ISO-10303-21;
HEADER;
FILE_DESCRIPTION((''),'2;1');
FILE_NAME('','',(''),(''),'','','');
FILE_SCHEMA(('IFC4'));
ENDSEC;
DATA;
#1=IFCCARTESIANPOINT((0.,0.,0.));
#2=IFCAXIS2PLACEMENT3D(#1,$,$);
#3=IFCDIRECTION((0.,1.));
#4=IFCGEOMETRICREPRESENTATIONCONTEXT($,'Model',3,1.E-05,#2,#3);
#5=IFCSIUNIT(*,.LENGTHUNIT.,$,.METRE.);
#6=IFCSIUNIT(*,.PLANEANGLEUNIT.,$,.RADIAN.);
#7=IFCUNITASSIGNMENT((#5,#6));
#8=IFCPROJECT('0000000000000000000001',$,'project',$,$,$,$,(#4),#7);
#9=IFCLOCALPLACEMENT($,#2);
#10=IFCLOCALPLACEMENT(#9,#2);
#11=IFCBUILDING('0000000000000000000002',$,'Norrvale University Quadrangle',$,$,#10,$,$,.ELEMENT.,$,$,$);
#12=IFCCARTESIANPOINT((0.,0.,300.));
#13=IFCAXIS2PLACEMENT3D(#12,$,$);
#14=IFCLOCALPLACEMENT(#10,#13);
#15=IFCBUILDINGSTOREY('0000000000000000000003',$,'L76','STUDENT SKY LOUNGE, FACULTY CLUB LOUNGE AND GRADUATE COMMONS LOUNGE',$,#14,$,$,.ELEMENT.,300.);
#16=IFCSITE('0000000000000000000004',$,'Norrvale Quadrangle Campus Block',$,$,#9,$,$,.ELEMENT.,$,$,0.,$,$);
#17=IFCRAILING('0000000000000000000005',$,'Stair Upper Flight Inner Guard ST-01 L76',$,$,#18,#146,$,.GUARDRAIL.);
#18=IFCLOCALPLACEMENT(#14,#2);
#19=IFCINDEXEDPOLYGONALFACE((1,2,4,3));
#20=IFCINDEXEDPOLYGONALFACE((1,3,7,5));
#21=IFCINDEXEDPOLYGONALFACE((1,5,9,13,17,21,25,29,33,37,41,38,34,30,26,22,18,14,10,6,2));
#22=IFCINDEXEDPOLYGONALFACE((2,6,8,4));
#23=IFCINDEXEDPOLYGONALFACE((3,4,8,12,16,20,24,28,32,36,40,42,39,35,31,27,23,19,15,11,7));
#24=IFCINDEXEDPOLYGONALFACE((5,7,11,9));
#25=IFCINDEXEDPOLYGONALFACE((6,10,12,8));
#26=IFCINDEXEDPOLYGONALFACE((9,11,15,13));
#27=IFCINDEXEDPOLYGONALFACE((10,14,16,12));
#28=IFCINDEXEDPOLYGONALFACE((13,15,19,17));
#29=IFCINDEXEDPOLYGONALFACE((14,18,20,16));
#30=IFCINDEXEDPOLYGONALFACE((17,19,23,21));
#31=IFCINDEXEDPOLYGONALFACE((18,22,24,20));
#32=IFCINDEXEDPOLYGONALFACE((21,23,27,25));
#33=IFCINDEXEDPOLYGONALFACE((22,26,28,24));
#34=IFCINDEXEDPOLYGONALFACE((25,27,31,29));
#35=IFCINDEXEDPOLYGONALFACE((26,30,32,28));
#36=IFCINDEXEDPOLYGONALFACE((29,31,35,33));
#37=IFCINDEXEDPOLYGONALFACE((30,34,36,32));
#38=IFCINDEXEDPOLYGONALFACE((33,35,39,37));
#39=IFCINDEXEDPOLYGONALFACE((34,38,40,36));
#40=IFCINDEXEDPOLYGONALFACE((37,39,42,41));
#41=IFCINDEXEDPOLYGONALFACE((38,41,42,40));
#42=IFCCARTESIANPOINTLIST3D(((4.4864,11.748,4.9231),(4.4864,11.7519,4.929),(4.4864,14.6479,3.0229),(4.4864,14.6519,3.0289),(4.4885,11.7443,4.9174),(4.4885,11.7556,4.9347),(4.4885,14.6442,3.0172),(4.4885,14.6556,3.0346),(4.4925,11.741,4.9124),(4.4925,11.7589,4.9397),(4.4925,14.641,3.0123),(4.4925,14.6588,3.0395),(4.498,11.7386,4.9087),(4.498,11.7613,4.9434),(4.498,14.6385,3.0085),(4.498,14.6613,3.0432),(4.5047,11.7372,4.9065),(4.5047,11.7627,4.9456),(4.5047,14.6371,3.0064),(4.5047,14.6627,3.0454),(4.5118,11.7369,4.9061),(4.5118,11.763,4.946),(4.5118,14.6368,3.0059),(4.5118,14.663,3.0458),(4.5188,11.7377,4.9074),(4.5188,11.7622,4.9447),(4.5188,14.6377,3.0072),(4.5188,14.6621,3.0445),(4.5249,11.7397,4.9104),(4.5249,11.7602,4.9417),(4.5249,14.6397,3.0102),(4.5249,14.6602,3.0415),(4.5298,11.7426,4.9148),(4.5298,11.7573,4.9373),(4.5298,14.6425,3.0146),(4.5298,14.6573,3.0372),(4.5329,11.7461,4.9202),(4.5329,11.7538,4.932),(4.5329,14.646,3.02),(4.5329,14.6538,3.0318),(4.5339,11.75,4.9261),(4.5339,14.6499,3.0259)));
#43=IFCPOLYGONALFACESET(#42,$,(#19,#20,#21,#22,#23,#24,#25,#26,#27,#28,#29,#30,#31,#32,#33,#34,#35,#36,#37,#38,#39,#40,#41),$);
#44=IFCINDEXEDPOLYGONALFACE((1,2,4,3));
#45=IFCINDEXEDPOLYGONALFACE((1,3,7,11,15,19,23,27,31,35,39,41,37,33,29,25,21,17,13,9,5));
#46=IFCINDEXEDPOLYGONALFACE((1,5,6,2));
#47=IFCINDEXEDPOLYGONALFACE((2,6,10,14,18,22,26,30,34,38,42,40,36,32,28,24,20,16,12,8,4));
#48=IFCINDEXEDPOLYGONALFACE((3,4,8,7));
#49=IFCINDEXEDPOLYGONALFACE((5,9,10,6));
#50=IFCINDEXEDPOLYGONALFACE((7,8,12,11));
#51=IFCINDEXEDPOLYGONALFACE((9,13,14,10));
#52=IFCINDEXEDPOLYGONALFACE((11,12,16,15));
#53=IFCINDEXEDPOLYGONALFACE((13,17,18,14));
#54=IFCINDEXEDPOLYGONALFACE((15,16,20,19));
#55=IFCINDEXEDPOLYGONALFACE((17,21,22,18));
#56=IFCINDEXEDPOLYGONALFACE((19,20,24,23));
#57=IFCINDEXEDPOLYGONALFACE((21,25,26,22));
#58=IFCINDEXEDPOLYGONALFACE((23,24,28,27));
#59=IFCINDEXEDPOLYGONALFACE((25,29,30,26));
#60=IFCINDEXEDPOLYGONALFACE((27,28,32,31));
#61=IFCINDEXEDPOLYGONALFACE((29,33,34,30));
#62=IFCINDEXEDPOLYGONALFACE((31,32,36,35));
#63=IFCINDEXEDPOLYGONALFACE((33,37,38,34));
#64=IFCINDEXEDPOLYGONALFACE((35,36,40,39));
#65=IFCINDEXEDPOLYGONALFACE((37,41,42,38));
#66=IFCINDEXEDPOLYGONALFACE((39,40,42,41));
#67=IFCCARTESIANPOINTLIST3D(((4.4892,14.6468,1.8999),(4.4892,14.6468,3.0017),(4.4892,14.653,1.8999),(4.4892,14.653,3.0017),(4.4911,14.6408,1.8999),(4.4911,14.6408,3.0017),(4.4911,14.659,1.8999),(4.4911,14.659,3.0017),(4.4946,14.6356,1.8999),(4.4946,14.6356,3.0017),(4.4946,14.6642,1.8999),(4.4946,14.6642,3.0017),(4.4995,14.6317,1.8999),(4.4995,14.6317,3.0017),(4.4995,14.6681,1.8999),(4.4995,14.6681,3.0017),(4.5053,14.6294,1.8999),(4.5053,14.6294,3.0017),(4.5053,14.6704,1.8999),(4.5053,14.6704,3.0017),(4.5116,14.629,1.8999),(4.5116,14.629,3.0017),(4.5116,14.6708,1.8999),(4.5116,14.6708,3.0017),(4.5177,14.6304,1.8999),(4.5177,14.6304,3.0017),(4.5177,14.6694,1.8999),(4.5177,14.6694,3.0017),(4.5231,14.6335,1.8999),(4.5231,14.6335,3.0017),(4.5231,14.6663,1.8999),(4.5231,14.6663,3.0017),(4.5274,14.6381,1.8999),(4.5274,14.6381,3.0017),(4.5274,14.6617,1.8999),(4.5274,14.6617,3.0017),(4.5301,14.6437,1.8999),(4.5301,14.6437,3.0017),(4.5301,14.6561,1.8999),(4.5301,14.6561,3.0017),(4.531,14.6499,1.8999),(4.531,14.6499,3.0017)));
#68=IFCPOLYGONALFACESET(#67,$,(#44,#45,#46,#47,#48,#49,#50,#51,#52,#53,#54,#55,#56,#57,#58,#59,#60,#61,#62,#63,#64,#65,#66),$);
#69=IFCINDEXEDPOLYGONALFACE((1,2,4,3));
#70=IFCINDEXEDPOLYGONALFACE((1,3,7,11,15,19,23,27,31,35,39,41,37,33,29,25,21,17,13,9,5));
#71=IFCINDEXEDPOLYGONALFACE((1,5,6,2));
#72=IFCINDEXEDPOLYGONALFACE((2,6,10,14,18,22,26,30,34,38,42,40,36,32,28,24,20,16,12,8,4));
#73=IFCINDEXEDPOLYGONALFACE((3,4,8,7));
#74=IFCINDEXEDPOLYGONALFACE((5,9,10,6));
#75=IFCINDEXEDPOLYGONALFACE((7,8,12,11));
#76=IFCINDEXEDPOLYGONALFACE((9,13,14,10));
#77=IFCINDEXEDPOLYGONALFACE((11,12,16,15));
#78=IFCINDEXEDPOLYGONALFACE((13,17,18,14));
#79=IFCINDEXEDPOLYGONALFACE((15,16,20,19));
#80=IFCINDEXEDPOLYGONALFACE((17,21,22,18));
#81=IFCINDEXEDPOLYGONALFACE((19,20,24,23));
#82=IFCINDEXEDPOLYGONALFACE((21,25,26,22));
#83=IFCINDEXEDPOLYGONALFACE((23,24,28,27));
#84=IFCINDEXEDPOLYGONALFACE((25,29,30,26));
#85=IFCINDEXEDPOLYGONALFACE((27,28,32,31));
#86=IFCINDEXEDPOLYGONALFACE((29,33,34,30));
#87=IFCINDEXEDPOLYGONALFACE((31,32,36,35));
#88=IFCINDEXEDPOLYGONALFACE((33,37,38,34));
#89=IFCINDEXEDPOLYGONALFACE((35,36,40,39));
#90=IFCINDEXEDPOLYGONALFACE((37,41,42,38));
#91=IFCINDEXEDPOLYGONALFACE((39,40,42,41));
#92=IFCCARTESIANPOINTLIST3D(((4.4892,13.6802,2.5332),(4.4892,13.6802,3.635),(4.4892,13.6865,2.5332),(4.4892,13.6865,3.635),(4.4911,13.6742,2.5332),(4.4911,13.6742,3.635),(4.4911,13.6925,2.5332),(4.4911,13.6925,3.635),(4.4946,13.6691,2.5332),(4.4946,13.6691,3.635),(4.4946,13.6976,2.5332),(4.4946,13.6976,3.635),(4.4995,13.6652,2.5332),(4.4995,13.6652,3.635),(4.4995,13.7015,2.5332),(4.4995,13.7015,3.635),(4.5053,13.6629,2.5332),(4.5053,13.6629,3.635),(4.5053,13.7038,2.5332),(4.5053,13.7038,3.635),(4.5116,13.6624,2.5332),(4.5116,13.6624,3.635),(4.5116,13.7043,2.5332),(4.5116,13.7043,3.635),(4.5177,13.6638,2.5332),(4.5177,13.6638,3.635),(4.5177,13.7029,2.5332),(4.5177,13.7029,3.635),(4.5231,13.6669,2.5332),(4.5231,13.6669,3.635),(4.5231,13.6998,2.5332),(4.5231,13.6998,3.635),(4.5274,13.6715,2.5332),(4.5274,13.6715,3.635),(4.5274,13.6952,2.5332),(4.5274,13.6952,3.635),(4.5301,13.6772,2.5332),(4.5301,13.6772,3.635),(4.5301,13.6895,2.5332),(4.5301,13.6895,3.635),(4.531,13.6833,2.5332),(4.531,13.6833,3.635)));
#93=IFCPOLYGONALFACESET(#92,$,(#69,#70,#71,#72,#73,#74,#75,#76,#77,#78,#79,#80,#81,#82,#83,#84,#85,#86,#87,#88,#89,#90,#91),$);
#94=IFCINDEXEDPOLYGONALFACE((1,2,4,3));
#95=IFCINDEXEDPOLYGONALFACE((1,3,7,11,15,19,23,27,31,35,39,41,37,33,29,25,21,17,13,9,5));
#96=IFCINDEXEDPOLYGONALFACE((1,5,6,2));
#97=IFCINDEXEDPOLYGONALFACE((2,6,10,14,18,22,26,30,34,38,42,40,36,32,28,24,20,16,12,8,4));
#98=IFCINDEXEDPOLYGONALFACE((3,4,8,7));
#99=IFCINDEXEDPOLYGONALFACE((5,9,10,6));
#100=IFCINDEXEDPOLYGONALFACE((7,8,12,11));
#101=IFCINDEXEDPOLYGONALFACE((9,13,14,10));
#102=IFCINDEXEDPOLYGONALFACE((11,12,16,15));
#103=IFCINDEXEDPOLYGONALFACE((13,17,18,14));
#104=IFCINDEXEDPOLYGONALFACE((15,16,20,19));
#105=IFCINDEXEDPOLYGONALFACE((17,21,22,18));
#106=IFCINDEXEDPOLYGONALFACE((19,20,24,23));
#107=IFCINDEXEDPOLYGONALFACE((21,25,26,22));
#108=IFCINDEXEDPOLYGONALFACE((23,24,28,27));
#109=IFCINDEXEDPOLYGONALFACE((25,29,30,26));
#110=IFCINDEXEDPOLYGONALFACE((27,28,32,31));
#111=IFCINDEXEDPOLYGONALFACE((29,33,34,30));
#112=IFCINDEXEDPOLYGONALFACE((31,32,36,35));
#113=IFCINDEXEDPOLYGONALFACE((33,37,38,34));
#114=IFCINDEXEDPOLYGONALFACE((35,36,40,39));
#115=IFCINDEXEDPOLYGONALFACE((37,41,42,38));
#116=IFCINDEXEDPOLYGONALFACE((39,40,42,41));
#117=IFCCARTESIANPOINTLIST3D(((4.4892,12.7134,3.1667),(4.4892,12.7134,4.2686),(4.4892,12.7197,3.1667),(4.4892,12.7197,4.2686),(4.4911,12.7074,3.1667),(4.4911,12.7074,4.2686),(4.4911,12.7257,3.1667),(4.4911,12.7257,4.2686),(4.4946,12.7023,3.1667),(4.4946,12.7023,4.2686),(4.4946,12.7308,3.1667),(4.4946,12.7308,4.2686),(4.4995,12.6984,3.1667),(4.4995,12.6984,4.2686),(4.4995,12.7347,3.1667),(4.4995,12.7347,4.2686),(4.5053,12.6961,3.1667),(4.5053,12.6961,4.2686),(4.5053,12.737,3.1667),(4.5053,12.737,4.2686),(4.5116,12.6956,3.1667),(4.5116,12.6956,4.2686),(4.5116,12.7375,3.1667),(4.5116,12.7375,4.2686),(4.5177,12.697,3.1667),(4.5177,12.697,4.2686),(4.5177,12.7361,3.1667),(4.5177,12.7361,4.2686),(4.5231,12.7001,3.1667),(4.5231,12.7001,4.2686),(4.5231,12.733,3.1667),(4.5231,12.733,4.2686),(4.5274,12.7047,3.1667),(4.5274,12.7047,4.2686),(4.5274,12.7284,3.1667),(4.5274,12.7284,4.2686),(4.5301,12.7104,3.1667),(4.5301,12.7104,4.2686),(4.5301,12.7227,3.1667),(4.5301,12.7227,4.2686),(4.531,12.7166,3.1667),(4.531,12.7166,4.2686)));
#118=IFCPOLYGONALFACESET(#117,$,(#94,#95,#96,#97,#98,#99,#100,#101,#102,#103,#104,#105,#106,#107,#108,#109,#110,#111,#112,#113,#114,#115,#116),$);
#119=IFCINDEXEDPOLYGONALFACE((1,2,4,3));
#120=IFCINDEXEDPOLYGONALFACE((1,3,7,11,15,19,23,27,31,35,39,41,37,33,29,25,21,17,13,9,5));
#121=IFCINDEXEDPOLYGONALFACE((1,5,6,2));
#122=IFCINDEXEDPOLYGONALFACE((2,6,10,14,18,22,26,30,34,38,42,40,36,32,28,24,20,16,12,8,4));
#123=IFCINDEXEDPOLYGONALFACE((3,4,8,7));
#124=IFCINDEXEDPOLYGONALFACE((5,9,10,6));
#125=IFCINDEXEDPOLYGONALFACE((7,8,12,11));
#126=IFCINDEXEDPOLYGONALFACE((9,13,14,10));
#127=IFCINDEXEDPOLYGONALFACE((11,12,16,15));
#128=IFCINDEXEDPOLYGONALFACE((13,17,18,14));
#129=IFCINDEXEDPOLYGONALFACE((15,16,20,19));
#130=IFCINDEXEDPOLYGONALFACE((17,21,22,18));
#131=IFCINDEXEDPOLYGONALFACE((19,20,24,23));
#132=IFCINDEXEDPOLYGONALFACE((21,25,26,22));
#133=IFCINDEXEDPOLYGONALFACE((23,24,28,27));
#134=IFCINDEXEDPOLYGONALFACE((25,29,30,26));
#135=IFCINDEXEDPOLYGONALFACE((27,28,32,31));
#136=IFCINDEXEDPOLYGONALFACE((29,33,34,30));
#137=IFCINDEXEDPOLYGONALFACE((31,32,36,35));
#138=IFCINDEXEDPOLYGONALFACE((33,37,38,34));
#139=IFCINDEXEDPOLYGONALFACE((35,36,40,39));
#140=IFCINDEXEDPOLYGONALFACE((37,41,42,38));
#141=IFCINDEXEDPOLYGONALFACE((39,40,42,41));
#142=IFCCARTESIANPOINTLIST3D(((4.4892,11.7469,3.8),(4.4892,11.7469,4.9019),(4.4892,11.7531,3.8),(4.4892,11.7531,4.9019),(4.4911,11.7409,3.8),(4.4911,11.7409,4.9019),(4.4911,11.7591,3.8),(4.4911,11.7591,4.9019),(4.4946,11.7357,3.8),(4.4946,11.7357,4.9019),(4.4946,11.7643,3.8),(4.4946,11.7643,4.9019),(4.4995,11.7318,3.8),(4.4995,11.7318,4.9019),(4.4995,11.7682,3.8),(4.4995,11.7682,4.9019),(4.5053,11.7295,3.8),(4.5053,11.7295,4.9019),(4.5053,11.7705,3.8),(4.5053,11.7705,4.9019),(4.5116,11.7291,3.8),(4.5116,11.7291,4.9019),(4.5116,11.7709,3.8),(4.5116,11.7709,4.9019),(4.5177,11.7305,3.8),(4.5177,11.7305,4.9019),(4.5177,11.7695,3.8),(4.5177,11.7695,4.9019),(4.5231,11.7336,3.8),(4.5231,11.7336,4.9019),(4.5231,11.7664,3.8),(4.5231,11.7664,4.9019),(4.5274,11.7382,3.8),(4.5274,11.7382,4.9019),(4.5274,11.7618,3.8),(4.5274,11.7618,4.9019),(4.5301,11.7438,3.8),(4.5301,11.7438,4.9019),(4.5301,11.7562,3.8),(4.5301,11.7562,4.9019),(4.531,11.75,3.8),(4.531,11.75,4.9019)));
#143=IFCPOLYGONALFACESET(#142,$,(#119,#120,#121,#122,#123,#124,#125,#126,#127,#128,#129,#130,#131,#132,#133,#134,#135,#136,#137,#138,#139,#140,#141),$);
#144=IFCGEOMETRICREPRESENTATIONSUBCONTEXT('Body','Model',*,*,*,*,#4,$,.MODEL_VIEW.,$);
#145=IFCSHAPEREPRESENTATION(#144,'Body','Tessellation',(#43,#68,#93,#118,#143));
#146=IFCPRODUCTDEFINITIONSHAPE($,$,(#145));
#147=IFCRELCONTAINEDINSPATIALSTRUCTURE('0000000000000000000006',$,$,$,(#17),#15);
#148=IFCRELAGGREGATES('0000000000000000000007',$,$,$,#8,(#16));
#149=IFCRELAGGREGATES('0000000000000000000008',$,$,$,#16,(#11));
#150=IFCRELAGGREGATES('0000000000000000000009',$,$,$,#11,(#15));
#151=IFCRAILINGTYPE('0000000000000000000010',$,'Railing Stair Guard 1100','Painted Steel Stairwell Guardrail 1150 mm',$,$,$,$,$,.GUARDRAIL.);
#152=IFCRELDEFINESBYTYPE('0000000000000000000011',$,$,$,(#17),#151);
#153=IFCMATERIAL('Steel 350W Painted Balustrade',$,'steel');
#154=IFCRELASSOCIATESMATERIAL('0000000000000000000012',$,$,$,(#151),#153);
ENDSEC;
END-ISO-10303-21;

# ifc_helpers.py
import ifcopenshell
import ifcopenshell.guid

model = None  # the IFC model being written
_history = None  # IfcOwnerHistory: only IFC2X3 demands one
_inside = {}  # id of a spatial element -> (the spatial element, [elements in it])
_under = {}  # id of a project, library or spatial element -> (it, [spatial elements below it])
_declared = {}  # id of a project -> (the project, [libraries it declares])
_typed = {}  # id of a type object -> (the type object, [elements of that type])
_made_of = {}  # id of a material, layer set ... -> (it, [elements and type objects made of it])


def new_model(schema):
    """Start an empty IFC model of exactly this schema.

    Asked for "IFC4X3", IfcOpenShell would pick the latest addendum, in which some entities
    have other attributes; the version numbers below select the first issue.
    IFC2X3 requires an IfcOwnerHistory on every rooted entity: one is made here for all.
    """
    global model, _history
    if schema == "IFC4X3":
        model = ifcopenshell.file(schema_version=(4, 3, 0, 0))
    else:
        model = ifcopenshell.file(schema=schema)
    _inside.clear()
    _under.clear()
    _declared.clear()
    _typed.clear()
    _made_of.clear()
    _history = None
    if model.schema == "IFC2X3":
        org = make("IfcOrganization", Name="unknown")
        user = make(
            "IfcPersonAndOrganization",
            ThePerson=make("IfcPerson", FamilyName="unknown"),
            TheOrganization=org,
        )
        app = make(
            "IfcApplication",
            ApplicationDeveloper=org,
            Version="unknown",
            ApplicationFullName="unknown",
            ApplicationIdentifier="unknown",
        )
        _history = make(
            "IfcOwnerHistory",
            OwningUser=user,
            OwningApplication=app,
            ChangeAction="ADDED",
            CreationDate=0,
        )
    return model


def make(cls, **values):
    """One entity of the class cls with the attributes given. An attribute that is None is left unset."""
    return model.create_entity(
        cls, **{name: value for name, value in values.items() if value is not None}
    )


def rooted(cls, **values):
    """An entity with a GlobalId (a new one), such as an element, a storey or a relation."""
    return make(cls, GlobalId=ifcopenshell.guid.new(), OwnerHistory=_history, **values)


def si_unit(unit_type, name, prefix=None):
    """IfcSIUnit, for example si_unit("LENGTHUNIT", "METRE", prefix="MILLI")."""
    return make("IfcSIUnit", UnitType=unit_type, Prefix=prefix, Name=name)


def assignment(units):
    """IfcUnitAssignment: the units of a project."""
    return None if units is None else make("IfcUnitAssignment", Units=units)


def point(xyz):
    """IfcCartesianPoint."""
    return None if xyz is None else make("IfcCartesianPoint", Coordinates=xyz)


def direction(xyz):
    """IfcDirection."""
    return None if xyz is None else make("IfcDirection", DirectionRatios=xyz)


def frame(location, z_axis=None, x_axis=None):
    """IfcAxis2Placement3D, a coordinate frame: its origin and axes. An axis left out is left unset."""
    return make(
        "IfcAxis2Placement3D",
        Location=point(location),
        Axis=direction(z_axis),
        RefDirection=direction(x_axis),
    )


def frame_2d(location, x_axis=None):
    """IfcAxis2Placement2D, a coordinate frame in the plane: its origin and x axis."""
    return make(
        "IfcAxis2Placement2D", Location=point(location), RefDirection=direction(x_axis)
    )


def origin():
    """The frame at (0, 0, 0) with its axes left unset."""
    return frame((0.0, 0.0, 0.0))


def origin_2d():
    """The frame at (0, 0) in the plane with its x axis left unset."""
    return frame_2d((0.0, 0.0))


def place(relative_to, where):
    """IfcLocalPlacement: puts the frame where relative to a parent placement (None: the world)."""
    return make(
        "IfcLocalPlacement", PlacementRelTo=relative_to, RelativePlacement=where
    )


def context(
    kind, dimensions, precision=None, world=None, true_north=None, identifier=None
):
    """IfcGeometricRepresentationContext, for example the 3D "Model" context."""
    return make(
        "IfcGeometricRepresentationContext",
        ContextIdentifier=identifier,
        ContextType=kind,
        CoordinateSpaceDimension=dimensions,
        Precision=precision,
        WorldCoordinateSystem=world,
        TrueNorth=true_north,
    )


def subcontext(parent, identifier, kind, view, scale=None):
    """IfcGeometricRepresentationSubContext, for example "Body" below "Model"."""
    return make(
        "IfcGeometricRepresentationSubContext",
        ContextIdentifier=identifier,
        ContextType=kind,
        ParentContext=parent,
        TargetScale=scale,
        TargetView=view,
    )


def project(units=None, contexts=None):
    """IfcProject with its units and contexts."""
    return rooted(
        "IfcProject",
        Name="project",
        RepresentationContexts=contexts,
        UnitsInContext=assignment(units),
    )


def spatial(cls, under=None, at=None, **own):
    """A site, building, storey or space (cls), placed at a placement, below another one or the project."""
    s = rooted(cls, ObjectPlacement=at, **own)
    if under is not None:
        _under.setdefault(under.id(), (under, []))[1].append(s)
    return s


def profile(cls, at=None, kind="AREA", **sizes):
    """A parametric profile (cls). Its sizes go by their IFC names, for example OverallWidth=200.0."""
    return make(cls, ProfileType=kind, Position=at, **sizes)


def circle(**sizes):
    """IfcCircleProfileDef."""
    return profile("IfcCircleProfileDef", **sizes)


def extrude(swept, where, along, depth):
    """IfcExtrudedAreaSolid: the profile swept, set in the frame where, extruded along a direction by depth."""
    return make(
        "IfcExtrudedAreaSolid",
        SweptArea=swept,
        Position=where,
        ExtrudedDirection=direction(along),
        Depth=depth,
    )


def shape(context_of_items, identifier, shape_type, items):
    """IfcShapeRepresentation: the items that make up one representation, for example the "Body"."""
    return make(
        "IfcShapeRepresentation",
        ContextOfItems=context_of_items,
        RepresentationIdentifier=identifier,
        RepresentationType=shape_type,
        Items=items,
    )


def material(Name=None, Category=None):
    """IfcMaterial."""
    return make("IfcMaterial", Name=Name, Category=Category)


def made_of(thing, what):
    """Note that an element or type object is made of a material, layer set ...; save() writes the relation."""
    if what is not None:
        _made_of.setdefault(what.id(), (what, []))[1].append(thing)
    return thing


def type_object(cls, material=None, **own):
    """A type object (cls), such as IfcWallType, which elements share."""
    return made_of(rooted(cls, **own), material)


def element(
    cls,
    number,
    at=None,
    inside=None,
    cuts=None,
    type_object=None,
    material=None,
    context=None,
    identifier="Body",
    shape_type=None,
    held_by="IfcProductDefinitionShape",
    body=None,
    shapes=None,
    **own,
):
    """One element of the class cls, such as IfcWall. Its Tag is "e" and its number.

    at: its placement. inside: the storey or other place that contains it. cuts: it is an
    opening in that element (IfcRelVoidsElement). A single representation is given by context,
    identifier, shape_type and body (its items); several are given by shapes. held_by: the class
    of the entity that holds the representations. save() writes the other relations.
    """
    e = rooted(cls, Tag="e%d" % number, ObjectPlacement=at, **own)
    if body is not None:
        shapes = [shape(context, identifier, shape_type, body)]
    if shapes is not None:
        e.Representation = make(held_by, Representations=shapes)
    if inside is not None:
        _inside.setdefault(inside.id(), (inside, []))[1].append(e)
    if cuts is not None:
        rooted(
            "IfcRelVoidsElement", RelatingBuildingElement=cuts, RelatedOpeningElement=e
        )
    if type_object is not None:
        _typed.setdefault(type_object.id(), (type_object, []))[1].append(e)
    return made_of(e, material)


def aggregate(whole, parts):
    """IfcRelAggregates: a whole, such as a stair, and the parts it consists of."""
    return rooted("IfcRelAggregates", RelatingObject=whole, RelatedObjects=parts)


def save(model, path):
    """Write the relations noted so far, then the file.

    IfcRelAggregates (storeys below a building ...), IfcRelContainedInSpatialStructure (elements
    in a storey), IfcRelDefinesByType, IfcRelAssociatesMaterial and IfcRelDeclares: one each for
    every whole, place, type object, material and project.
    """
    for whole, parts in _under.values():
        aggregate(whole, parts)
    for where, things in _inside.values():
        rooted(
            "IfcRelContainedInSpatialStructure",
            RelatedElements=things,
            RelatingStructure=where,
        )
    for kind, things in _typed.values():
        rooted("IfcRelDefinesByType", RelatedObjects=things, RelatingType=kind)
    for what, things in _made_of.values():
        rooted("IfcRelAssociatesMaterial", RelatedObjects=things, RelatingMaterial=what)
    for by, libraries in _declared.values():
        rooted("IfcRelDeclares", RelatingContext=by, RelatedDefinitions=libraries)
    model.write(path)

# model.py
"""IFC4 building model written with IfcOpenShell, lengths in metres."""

from ifc_helpers import new_model, si_unit, direction, frame, origin, origin_2d, place, context, subcontext, project, spatial, circle, extrude, material, type_object, element, save


model = new_model("IFC4")

# Units and contexts
model_context = context("Model", 3, precision=1e-05, world=origin(), true_north=direction((0.0, 1.0)))
body_context = subcontext(model_context, "Body", "Model", "MODEL_VIEW")
ifc_project = project(units=[si_unit("LENGTHUNIT", "METRE"), si_unit("PLANEANGLEUNIT", "RADIAN")], contexts=[model_context])

# Site, building, storey
site_placement = place(None, origin())
site = spatial("IfcSite", under=ifc_project, at=site_placement, Name="Norrvale Quadrangle Campus Block", CompositionType="ELEMENT", RefElevation=0.0)
building_placement = place(site_placement, origin())
building = spatial("IfcBuilding", under=site, at=building_placement, Name="Norrvale University Quadrangle", CompositionType="ELEMENT")
storey_placement = place(building_placement, frame((0.0, 0.0, 300.0)))
storey = spatial("IfcBuildingStorey", under=building, at=storey_placement, Name="L76", Description="STUDENT SKY LOUNGE, FACULTY CLUB LOUNGE AND GRADUATE COMMONS LOUNGE", CompositionType="ELEMENT", Elevation=300.0)

# Railing
ifc_material_1 = material(Name="Steel 350W Painted Balustrade", Category="steel")
railing_type_1 = type_object("IfcRailingType", Name="Railing Stair Guard 1100", Description="Painted Steel Stairwell Guardrail 1150 mm", PredefinedType="GUARDRAIL", material=ifc_material_1)
railing_1_placement = place(storey_placement, frame((4.51, 14.6499, 1.8999)))
element("IfcRailing", 1, at=railing_1_placement, inside=storey, type_object=railing_type_1, Name="Stair Upper Flight Inner Guard ST-01 L76", PredefinedType="GUARDRAIL", context=body_context, shape_type="SweptSolid", body=[
    extrude(circle(Radius=0.0239, at=origin_2d()), frame((0.0, 0.0, 1.126), z_axis=(0.0, -0.836433, 0.548069), x_axis=(1.0, 0.0, 0.0)), (0.0, 0.0, 1.0), 3.467),
    extrude(circle(Radius=0.021, at=origin_2d()), origin(), (0.0, 0.0, 1.0), 1.1018),
    extrude(circle(Radius=0.021, at=origin_2d()), frame((0.0, -0.9666, 0.6333)), (0.0, 0.0, 1.0), 1.1018),
    extrude(circle(Radius=0.021, at=origin_2d()), frame((0.0, -1.9333, 1.2668)), (0.0, 0.0, 1.0), 1.1018),
    extrude(circle(Radius=0.021, at=origin_2d()), frame((0.0, -2.8999, 1.9001)), (0.0, 0.0, 1.0), 1.1018),
])

save(model, "model.ifc")
